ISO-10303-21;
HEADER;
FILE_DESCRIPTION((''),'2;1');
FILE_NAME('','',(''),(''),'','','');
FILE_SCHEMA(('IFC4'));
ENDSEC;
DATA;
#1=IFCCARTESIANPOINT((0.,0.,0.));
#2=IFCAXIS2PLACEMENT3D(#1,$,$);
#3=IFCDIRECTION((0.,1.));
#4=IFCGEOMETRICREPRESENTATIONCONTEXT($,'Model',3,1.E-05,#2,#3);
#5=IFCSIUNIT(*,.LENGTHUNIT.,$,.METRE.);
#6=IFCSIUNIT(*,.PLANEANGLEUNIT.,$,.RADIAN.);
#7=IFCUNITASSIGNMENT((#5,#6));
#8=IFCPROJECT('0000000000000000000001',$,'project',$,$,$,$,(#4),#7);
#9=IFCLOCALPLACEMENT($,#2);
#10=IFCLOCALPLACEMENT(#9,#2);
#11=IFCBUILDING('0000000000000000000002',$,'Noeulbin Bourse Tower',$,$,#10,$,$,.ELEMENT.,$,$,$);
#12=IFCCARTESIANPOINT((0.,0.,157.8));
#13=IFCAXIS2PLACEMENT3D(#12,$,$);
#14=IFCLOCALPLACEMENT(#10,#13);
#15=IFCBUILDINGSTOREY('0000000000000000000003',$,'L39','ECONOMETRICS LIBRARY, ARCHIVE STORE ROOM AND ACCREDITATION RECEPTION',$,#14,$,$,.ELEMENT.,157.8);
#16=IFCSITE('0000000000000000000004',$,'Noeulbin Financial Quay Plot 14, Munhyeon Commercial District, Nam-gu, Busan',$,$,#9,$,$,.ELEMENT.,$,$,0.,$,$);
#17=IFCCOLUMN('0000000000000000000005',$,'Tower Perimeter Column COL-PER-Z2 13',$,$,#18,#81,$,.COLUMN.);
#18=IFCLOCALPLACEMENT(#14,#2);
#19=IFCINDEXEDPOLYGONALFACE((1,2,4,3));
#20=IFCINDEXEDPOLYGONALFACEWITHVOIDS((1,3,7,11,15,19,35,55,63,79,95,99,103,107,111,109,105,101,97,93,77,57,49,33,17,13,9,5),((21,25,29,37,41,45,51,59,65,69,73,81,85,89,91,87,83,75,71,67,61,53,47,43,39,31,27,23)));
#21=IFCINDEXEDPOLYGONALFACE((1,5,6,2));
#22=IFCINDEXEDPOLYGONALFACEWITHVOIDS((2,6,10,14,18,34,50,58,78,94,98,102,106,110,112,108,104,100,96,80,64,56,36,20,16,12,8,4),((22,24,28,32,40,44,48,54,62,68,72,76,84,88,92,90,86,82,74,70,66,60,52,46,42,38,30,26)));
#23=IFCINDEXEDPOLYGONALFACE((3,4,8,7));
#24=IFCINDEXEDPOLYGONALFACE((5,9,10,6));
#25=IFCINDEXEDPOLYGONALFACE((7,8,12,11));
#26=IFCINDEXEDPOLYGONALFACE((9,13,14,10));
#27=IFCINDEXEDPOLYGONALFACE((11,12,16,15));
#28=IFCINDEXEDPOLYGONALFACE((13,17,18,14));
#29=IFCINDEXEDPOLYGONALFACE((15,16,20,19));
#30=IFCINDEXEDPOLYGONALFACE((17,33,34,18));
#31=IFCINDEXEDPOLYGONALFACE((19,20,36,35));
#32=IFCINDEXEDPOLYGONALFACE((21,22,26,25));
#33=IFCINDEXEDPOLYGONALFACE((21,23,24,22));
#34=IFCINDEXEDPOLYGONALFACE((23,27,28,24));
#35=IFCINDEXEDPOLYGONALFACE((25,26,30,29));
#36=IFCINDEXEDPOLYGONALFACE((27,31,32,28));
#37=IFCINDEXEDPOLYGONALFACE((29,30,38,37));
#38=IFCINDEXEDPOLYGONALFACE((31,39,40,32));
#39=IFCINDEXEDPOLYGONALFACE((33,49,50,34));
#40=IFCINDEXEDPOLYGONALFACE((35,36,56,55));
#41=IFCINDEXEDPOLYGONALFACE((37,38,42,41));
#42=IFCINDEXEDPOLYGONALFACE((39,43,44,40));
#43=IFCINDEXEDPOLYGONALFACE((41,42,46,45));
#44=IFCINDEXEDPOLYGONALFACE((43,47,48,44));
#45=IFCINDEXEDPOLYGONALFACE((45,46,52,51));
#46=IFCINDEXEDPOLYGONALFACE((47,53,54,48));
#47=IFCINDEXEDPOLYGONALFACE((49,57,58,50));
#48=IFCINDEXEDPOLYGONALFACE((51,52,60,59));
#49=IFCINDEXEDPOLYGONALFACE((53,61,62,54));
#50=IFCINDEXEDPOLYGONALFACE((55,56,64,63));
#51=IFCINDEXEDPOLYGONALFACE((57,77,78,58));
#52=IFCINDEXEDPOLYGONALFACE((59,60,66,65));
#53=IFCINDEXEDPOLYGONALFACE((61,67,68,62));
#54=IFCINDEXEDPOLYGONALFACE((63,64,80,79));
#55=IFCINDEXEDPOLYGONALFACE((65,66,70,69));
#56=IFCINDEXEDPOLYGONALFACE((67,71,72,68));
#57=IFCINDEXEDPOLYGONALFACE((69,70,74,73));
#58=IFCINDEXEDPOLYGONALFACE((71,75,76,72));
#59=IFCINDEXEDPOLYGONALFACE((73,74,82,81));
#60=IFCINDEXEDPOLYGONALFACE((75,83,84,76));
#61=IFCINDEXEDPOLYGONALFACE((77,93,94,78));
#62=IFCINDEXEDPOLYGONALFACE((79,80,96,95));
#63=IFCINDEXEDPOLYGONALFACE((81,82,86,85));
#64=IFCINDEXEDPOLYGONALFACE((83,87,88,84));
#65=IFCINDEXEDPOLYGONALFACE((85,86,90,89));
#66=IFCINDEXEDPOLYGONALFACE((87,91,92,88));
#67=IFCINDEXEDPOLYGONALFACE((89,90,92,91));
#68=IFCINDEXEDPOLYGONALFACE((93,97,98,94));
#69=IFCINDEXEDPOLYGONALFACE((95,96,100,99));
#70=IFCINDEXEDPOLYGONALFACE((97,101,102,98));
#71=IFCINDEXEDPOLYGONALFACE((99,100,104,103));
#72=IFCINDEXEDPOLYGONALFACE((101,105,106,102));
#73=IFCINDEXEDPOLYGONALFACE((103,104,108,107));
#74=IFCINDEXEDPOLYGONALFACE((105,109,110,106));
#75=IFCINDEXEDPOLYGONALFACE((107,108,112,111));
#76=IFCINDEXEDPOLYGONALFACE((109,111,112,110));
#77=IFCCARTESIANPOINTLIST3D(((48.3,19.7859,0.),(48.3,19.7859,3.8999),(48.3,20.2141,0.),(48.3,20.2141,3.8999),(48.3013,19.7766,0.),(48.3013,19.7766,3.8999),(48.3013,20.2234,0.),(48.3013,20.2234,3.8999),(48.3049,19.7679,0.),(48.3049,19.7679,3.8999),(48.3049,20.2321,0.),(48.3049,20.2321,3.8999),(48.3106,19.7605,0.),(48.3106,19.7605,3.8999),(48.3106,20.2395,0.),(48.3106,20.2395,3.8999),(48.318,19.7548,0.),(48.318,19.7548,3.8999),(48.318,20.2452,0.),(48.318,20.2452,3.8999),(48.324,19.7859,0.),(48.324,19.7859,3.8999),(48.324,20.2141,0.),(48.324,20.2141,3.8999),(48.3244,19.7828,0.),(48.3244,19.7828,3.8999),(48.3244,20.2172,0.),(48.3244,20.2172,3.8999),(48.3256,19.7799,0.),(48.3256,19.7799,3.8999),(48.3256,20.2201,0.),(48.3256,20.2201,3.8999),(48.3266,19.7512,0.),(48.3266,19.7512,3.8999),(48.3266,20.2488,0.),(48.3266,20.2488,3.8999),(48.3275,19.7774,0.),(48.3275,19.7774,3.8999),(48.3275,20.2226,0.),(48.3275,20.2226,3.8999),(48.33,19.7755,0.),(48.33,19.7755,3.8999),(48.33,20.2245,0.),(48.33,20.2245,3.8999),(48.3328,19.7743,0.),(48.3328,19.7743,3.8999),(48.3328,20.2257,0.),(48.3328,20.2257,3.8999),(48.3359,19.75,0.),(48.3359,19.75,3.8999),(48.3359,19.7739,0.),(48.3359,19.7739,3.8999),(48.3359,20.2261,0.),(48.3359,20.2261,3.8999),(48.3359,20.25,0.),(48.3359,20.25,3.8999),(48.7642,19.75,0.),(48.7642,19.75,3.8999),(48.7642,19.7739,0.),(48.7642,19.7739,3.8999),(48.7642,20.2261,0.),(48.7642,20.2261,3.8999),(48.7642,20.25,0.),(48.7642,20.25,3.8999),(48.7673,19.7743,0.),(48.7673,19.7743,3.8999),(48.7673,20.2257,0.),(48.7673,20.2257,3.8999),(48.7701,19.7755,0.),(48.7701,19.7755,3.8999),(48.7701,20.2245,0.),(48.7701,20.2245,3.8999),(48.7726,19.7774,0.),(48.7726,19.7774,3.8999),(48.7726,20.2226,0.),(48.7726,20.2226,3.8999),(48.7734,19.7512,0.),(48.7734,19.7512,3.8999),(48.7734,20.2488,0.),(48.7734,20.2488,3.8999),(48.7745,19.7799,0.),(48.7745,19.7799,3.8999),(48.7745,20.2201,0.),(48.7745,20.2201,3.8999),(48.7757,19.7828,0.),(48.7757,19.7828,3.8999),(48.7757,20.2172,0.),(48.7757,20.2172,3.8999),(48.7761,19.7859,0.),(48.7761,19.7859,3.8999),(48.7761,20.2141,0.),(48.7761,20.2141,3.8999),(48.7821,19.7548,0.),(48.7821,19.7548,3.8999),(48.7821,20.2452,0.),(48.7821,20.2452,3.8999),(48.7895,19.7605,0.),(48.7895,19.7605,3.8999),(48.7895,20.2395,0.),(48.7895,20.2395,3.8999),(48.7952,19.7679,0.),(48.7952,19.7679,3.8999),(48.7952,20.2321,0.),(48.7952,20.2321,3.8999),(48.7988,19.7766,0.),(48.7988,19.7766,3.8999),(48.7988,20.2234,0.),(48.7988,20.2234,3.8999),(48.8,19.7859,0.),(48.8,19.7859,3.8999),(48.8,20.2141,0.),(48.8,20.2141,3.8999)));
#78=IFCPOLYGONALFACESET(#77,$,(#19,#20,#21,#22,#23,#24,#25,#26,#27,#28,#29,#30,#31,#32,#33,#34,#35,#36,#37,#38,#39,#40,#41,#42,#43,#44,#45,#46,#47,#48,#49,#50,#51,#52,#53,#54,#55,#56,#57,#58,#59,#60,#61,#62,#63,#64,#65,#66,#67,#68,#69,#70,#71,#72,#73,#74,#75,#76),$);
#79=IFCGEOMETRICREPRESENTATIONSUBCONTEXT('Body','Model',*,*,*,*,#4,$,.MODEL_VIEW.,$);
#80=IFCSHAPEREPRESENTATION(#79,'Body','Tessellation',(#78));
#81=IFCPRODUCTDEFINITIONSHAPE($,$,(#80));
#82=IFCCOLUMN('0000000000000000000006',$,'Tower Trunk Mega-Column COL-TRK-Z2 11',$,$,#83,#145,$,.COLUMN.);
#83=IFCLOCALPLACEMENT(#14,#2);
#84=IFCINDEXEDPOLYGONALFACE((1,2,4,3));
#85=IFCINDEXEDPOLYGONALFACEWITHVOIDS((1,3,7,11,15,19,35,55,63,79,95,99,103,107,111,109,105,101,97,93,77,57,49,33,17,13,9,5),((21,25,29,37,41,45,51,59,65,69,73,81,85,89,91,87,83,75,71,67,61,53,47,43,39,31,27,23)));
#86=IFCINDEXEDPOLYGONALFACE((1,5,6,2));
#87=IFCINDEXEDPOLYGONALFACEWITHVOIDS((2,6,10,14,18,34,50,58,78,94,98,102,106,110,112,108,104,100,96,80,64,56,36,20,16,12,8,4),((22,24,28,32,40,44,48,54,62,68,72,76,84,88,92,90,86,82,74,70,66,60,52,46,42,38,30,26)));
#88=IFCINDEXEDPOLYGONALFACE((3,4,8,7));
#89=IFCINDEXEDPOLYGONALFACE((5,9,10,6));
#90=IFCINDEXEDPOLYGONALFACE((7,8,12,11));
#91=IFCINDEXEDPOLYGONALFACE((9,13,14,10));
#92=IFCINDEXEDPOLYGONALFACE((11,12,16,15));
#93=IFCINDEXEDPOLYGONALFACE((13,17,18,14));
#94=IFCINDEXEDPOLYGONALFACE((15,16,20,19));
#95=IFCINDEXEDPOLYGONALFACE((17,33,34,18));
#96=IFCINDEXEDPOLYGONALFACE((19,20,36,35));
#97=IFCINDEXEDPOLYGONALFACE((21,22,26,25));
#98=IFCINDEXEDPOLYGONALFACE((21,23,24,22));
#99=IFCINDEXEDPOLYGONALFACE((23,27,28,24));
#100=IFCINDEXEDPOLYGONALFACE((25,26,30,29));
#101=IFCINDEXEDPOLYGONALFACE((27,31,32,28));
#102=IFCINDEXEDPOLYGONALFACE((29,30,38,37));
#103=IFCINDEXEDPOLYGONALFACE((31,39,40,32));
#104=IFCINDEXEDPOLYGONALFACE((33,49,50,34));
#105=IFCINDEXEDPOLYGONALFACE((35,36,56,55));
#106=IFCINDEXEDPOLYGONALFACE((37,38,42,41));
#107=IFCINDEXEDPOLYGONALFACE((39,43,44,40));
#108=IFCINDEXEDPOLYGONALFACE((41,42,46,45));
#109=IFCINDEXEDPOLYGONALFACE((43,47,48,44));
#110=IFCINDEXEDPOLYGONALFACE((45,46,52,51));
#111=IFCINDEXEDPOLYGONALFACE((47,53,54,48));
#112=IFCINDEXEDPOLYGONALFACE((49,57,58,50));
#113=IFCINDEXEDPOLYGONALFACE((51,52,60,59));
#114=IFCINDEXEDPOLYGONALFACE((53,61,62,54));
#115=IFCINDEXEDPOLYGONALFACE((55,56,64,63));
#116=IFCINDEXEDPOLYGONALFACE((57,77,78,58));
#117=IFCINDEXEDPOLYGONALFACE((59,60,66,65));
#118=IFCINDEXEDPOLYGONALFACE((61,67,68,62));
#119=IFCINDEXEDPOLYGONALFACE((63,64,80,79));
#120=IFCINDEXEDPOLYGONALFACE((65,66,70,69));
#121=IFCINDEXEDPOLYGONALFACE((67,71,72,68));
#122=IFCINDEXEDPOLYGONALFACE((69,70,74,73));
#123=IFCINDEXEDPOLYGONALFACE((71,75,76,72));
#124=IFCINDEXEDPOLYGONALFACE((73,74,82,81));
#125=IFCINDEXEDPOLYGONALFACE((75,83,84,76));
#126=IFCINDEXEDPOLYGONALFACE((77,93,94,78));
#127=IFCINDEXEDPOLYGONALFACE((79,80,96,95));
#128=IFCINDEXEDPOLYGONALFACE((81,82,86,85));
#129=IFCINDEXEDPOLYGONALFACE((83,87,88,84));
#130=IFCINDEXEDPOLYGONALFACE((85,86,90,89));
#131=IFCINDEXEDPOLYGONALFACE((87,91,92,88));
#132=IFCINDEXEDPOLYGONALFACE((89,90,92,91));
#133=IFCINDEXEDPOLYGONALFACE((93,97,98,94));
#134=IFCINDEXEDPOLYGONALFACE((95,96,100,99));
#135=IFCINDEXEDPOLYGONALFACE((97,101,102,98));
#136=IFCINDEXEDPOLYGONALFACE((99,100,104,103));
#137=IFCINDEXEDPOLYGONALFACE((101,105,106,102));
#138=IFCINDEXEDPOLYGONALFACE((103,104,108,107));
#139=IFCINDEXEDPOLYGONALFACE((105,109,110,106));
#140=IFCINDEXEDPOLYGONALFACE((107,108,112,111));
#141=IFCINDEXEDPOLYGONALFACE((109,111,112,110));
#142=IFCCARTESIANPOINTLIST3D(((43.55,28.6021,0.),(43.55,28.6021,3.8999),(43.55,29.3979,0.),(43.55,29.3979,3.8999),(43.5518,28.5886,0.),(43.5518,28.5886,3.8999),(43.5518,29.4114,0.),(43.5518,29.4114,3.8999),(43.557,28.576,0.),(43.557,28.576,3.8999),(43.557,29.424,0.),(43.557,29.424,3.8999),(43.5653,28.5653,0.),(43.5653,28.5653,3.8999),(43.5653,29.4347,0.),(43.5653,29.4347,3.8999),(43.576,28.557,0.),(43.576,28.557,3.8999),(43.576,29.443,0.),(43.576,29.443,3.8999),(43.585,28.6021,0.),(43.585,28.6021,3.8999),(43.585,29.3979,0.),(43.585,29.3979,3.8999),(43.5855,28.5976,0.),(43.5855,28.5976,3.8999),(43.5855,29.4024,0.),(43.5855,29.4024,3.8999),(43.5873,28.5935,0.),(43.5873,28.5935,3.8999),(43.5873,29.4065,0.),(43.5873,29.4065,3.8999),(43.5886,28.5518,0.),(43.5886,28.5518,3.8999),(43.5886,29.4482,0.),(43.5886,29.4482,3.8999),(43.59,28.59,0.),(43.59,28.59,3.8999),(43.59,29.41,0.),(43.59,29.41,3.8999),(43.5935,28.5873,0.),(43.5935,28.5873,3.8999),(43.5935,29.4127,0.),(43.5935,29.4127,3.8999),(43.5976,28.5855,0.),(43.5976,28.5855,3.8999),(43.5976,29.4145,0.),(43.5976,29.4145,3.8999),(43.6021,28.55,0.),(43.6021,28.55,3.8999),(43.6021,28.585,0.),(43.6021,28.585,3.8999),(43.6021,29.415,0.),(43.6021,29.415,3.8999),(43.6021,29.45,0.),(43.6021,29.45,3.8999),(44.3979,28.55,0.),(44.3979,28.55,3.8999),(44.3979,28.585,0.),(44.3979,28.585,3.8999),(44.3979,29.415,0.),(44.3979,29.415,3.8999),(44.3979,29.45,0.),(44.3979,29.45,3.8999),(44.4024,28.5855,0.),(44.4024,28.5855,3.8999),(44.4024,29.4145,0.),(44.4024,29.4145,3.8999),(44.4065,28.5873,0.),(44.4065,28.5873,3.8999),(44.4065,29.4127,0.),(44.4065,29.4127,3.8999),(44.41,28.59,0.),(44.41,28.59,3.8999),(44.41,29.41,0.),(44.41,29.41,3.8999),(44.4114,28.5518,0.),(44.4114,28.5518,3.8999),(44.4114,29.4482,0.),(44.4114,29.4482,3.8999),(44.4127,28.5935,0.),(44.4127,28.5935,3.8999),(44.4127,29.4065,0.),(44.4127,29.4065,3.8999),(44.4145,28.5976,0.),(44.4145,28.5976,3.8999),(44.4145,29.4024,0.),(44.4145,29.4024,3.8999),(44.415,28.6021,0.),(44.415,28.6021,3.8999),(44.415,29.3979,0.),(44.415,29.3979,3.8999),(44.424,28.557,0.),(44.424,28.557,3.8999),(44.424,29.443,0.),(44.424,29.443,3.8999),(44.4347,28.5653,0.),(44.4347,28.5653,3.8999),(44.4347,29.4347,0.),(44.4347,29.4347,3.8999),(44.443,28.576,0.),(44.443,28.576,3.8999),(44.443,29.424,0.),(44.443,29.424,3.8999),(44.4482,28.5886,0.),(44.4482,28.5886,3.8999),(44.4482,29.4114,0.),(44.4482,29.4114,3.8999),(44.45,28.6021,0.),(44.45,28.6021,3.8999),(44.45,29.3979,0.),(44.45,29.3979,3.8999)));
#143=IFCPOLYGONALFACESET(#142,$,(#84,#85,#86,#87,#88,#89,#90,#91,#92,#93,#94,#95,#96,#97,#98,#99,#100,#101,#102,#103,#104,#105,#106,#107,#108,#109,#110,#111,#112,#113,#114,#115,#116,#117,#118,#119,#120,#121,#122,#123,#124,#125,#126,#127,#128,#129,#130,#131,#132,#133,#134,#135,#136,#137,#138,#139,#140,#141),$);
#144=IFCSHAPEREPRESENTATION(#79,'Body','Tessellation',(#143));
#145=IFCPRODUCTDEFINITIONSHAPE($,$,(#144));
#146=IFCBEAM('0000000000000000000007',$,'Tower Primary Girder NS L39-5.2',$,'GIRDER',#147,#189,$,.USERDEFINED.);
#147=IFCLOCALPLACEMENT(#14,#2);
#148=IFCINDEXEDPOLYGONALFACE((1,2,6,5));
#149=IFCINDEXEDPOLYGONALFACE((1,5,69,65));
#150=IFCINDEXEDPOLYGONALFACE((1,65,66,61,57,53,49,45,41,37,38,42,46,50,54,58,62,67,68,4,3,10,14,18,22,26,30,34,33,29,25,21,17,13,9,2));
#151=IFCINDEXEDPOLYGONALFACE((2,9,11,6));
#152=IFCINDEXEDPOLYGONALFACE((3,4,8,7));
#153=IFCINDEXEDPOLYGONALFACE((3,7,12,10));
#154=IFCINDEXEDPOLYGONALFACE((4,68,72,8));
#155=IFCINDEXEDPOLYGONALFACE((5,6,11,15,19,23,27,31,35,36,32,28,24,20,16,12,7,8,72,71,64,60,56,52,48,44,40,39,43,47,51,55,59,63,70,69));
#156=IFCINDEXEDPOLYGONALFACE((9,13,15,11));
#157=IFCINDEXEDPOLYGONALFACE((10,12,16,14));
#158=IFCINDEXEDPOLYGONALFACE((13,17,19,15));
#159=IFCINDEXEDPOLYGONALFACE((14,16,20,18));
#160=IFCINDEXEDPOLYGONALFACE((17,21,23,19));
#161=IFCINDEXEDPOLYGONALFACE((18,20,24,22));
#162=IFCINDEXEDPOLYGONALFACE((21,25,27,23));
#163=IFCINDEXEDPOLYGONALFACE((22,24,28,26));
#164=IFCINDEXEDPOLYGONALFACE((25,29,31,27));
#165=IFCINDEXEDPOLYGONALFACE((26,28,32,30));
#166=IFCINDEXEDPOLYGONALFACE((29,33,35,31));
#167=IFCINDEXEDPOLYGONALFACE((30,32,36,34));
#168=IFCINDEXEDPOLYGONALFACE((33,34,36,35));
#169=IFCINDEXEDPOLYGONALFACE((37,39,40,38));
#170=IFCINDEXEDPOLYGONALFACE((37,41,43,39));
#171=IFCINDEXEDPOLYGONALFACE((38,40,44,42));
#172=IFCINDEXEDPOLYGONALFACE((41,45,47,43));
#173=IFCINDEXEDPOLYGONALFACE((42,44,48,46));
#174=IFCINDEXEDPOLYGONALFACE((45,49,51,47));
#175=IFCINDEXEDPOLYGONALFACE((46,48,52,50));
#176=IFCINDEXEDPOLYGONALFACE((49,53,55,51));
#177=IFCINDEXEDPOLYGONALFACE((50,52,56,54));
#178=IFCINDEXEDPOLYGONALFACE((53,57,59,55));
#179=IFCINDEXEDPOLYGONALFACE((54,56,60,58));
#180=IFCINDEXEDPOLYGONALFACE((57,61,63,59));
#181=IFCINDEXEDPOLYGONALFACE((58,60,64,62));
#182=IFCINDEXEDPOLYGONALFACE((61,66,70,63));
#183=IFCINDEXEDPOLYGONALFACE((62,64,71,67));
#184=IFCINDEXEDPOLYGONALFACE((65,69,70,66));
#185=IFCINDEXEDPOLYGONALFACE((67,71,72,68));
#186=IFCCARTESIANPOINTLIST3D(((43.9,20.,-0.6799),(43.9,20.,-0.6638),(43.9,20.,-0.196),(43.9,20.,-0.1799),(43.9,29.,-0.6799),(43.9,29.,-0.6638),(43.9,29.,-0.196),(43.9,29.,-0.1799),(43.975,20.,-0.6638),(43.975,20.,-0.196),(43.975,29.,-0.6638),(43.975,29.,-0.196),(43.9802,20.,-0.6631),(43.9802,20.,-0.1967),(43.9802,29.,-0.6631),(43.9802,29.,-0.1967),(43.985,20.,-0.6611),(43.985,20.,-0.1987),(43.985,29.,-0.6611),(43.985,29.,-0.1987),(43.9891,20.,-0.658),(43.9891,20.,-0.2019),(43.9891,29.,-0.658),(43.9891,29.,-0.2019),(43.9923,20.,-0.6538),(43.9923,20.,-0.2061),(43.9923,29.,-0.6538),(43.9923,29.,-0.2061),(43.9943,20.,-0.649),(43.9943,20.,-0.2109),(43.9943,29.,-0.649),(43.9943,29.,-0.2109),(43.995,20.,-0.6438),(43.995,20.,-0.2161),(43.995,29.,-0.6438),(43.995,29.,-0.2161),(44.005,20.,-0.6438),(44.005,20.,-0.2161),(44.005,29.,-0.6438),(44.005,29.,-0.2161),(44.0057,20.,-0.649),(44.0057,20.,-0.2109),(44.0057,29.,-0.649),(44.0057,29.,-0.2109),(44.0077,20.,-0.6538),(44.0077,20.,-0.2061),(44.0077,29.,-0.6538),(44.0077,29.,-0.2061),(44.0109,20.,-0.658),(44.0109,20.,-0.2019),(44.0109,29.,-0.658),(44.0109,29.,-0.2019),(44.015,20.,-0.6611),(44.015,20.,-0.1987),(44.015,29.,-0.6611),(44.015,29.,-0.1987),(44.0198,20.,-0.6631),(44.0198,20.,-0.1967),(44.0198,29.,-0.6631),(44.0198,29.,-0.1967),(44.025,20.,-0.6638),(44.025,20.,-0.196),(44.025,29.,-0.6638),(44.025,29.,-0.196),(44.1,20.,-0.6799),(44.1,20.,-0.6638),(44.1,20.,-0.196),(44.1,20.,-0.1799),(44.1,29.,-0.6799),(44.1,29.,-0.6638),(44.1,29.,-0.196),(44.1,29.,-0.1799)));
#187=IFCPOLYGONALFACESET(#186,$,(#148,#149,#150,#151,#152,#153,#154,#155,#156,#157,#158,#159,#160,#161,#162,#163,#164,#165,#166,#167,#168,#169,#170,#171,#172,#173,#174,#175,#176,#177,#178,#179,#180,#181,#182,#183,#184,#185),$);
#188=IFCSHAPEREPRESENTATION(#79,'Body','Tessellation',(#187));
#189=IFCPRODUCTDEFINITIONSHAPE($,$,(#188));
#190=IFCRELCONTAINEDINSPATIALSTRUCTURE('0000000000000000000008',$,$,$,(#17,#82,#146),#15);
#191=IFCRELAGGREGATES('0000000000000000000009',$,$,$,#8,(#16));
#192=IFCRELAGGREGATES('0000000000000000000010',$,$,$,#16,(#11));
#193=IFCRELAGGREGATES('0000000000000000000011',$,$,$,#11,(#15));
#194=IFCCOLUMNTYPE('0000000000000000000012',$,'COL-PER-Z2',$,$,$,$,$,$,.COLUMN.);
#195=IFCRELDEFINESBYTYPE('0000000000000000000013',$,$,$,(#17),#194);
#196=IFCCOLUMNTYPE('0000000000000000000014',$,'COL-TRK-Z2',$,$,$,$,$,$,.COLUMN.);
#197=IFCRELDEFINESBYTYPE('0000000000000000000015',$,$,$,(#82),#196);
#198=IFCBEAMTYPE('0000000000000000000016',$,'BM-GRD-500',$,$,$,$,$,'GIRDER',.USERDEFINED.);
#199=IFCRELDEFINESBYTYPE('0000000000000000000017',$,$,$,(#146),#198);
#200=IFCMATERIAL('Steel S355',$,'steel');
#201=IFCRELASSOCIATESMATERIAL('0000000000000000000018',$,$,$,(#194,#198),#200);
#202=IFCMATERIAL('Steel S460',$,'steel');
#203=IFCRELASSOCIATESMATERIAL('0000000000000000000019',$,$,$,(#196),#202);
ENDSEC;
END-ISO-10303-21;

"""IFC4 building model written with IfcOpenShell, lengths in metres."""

from ifc_helpers import new_model, si_unit, direction, frame, origin, origin_2d, place, context, subcontext, project, spatial, hollow_rectangle, i_section, extrude, material, material_profile, profile_set, type_object, element, save


model = new_model("IFC4")

# Units and contexts
model_context = context("Model", 3, precision=1e-05, world=origin(), true_north=direction((0.0, 1.0)))
body_context = subcontext(model_context, "Body", "Model", "MODEL_VIEW")
ifc_project = project(units=[si_unit("LENGTHUNIT", "METRE"), si_unit("PLANEANGLEUNIT", "RADIAN")], contexts=[model_context])

# Site, building, storey
site_placement = place(None, origin())
site = spatial("IfcSite", under=ifc_project, at=site_placement, Name="Noeulbin Financial Quay Plot 14, Munhyeon Commercial District, Nam-gu, Busan", CompositionType="ELEMENT", RefElevation=0.0)
building_placement = place(site_placement, origin())
building = spatial("IfcBuilding", under=site, at=building_placement, Name="Noeulbin Bourse Tower", CompositionType="ELEMENT")
storey_placement = place(building_placement, frame((0.0, 0.0, 157.8)))
storey = spatial("IfcBuildingStorey", under=building, at=storey_placement, Name="L39", Description="ECONOMETRICS LIBRARY, ARCHIVE STORE ROOM AND ACCREDITATION RECEPTION", CompositionType="ELEMENT", Elevation=157.8)

# Columns
ifc_material_1 = material(Name="Steel S355", Category="steel")
ifc_material_profile_1 = material_profile(ifc_material_1, hollow_rectangle(XDim=0.5, YDim=0.5, WallThickness=0.0239, InnerFilletRadius=0.012, OuterFilletRadius=0.0359, at=origin_2d()), Name="BOX-500x500x24", Category="LoadBearing")
ifc_profile_set_1 = profile_set([ifc_material_profile_1], Name="Steel S355")
column_type_1 = type_object("IfcColumnType", Name="COL-PER-Z2", PredefinedType="COLUMN", material=ifc_profile_set_1)
column_1_placement = place(storey_placement, frame((48.55, 20.0, 0.0), z_axis=(0.0, 0.0, 1.0), x_axis=(1.0, 0.0, 0.0)))
element("IfcColumn", 1, at=column_1_placement, inside=storey, type_object=column_type_1, Name="Tower Perimeter Column COL-PER-Z2 13", PredefinedType="COLUMN", context=body_context, shape_type="SweptSolid", body=[
    extrude(hollow_rectangle(XDim=0.5, YDim=0.5, WallThickness=0.0239, InnerFilletRadius=0.012, OuterFilletRadius=0.0359, at=origin_2d()), origin(), (0.0, 0.0, 1.0), 3.8999),
])
ifc_material_2 = material(Name="Steel S460", Category="steel")
ifc_material_profile_2 = material_profile(ifc_material_2, hollow_rectangle(XDim=0.8999, YDim=0.8999, WallThickness=0.0349, InnerFilletRadius=0.0171, OuterFilletRadius=0.052, at=origin_2d()), Name="BOX-900x900x35", Category="LoadBearing")
ifc_profile_set_2 = profile_set([ifc_material_profile_2], Name="Steel S460")
column_type_2 = type_object("IfcColumnType", Name="COL-TRK-Z2", PredefinedType="COLUMN", material=ifc_profile_set_2)
column_2_placement = place(storey_placement, frame((44.0, 29.0, 0.0), z_axis=(0.0, 0.0, 1.0), x_axis=(1.0, 0.0, 0.0)))
element("IfcColumn", 2, at=column_2_placement, inside=storey, type_object=column_type_2, Name="Tower Trunk Mega-Column COL-TRK-Z2 11", PredefinedType="COLUMN", context=body_context, shape_type="SweptSolid", body=[
    extrude(hollow_rectangle(XDim=0.8999, YDim=0.8999, WallThickness=0.0349, InnerFilletRadius=0.0171, OuterFilletRadius=0.052, at=origin_2d()), origin(), (0.0, 0.0, 1.0), 3.8999),
])

# Beam
ifc_material_profile_3 = material_profile(ifc_material_1, i_section(OverallWidth=0.2, OverallDepth=0.5, WebThickness=0.01, FlangeThickness=0.0161, FilletRadius=0.02, at=origin_2d()), Name="H-500x200x10x16", Category="LoadBearing")
ifc_profile_set_3 = profile_set([ifc_material_profile_3], Name="Steel S355")
beam_type_1 = type_object("IfcBeamType", Name="BM-GRD-500", ElementType="GIRDER", PredefinedType="USERDEFINED", material=ifc_profile_set_3)
beam_1_placement = place(storey_placement, frame((44.0, 20.0, -0.4299), z_axis=(0.0, 1.0, 0.0), x_axis=(-1.0, 0.0, 0.0)))
element("IfcBeam", 3, at=beam_1_placement, inside=storey, type_object=beam_type_1, Name="Tower Primary Girder NS L39-5.2", ObjectType="GIRDER", PredefinedType="USERDEFINED", context=body_context, shape_type="SweptSolid", body=[
    extrude(i_section(OverallWidth=0.2, OverallDepth=0.5, WebThickness=0.01, FlangeThickness=0.0161, FilletRadius=0.02, at=origin_2d()), origin(), (0.0, 0.0, 1.0), 9.0),
])

save(model, "model.ifc")
